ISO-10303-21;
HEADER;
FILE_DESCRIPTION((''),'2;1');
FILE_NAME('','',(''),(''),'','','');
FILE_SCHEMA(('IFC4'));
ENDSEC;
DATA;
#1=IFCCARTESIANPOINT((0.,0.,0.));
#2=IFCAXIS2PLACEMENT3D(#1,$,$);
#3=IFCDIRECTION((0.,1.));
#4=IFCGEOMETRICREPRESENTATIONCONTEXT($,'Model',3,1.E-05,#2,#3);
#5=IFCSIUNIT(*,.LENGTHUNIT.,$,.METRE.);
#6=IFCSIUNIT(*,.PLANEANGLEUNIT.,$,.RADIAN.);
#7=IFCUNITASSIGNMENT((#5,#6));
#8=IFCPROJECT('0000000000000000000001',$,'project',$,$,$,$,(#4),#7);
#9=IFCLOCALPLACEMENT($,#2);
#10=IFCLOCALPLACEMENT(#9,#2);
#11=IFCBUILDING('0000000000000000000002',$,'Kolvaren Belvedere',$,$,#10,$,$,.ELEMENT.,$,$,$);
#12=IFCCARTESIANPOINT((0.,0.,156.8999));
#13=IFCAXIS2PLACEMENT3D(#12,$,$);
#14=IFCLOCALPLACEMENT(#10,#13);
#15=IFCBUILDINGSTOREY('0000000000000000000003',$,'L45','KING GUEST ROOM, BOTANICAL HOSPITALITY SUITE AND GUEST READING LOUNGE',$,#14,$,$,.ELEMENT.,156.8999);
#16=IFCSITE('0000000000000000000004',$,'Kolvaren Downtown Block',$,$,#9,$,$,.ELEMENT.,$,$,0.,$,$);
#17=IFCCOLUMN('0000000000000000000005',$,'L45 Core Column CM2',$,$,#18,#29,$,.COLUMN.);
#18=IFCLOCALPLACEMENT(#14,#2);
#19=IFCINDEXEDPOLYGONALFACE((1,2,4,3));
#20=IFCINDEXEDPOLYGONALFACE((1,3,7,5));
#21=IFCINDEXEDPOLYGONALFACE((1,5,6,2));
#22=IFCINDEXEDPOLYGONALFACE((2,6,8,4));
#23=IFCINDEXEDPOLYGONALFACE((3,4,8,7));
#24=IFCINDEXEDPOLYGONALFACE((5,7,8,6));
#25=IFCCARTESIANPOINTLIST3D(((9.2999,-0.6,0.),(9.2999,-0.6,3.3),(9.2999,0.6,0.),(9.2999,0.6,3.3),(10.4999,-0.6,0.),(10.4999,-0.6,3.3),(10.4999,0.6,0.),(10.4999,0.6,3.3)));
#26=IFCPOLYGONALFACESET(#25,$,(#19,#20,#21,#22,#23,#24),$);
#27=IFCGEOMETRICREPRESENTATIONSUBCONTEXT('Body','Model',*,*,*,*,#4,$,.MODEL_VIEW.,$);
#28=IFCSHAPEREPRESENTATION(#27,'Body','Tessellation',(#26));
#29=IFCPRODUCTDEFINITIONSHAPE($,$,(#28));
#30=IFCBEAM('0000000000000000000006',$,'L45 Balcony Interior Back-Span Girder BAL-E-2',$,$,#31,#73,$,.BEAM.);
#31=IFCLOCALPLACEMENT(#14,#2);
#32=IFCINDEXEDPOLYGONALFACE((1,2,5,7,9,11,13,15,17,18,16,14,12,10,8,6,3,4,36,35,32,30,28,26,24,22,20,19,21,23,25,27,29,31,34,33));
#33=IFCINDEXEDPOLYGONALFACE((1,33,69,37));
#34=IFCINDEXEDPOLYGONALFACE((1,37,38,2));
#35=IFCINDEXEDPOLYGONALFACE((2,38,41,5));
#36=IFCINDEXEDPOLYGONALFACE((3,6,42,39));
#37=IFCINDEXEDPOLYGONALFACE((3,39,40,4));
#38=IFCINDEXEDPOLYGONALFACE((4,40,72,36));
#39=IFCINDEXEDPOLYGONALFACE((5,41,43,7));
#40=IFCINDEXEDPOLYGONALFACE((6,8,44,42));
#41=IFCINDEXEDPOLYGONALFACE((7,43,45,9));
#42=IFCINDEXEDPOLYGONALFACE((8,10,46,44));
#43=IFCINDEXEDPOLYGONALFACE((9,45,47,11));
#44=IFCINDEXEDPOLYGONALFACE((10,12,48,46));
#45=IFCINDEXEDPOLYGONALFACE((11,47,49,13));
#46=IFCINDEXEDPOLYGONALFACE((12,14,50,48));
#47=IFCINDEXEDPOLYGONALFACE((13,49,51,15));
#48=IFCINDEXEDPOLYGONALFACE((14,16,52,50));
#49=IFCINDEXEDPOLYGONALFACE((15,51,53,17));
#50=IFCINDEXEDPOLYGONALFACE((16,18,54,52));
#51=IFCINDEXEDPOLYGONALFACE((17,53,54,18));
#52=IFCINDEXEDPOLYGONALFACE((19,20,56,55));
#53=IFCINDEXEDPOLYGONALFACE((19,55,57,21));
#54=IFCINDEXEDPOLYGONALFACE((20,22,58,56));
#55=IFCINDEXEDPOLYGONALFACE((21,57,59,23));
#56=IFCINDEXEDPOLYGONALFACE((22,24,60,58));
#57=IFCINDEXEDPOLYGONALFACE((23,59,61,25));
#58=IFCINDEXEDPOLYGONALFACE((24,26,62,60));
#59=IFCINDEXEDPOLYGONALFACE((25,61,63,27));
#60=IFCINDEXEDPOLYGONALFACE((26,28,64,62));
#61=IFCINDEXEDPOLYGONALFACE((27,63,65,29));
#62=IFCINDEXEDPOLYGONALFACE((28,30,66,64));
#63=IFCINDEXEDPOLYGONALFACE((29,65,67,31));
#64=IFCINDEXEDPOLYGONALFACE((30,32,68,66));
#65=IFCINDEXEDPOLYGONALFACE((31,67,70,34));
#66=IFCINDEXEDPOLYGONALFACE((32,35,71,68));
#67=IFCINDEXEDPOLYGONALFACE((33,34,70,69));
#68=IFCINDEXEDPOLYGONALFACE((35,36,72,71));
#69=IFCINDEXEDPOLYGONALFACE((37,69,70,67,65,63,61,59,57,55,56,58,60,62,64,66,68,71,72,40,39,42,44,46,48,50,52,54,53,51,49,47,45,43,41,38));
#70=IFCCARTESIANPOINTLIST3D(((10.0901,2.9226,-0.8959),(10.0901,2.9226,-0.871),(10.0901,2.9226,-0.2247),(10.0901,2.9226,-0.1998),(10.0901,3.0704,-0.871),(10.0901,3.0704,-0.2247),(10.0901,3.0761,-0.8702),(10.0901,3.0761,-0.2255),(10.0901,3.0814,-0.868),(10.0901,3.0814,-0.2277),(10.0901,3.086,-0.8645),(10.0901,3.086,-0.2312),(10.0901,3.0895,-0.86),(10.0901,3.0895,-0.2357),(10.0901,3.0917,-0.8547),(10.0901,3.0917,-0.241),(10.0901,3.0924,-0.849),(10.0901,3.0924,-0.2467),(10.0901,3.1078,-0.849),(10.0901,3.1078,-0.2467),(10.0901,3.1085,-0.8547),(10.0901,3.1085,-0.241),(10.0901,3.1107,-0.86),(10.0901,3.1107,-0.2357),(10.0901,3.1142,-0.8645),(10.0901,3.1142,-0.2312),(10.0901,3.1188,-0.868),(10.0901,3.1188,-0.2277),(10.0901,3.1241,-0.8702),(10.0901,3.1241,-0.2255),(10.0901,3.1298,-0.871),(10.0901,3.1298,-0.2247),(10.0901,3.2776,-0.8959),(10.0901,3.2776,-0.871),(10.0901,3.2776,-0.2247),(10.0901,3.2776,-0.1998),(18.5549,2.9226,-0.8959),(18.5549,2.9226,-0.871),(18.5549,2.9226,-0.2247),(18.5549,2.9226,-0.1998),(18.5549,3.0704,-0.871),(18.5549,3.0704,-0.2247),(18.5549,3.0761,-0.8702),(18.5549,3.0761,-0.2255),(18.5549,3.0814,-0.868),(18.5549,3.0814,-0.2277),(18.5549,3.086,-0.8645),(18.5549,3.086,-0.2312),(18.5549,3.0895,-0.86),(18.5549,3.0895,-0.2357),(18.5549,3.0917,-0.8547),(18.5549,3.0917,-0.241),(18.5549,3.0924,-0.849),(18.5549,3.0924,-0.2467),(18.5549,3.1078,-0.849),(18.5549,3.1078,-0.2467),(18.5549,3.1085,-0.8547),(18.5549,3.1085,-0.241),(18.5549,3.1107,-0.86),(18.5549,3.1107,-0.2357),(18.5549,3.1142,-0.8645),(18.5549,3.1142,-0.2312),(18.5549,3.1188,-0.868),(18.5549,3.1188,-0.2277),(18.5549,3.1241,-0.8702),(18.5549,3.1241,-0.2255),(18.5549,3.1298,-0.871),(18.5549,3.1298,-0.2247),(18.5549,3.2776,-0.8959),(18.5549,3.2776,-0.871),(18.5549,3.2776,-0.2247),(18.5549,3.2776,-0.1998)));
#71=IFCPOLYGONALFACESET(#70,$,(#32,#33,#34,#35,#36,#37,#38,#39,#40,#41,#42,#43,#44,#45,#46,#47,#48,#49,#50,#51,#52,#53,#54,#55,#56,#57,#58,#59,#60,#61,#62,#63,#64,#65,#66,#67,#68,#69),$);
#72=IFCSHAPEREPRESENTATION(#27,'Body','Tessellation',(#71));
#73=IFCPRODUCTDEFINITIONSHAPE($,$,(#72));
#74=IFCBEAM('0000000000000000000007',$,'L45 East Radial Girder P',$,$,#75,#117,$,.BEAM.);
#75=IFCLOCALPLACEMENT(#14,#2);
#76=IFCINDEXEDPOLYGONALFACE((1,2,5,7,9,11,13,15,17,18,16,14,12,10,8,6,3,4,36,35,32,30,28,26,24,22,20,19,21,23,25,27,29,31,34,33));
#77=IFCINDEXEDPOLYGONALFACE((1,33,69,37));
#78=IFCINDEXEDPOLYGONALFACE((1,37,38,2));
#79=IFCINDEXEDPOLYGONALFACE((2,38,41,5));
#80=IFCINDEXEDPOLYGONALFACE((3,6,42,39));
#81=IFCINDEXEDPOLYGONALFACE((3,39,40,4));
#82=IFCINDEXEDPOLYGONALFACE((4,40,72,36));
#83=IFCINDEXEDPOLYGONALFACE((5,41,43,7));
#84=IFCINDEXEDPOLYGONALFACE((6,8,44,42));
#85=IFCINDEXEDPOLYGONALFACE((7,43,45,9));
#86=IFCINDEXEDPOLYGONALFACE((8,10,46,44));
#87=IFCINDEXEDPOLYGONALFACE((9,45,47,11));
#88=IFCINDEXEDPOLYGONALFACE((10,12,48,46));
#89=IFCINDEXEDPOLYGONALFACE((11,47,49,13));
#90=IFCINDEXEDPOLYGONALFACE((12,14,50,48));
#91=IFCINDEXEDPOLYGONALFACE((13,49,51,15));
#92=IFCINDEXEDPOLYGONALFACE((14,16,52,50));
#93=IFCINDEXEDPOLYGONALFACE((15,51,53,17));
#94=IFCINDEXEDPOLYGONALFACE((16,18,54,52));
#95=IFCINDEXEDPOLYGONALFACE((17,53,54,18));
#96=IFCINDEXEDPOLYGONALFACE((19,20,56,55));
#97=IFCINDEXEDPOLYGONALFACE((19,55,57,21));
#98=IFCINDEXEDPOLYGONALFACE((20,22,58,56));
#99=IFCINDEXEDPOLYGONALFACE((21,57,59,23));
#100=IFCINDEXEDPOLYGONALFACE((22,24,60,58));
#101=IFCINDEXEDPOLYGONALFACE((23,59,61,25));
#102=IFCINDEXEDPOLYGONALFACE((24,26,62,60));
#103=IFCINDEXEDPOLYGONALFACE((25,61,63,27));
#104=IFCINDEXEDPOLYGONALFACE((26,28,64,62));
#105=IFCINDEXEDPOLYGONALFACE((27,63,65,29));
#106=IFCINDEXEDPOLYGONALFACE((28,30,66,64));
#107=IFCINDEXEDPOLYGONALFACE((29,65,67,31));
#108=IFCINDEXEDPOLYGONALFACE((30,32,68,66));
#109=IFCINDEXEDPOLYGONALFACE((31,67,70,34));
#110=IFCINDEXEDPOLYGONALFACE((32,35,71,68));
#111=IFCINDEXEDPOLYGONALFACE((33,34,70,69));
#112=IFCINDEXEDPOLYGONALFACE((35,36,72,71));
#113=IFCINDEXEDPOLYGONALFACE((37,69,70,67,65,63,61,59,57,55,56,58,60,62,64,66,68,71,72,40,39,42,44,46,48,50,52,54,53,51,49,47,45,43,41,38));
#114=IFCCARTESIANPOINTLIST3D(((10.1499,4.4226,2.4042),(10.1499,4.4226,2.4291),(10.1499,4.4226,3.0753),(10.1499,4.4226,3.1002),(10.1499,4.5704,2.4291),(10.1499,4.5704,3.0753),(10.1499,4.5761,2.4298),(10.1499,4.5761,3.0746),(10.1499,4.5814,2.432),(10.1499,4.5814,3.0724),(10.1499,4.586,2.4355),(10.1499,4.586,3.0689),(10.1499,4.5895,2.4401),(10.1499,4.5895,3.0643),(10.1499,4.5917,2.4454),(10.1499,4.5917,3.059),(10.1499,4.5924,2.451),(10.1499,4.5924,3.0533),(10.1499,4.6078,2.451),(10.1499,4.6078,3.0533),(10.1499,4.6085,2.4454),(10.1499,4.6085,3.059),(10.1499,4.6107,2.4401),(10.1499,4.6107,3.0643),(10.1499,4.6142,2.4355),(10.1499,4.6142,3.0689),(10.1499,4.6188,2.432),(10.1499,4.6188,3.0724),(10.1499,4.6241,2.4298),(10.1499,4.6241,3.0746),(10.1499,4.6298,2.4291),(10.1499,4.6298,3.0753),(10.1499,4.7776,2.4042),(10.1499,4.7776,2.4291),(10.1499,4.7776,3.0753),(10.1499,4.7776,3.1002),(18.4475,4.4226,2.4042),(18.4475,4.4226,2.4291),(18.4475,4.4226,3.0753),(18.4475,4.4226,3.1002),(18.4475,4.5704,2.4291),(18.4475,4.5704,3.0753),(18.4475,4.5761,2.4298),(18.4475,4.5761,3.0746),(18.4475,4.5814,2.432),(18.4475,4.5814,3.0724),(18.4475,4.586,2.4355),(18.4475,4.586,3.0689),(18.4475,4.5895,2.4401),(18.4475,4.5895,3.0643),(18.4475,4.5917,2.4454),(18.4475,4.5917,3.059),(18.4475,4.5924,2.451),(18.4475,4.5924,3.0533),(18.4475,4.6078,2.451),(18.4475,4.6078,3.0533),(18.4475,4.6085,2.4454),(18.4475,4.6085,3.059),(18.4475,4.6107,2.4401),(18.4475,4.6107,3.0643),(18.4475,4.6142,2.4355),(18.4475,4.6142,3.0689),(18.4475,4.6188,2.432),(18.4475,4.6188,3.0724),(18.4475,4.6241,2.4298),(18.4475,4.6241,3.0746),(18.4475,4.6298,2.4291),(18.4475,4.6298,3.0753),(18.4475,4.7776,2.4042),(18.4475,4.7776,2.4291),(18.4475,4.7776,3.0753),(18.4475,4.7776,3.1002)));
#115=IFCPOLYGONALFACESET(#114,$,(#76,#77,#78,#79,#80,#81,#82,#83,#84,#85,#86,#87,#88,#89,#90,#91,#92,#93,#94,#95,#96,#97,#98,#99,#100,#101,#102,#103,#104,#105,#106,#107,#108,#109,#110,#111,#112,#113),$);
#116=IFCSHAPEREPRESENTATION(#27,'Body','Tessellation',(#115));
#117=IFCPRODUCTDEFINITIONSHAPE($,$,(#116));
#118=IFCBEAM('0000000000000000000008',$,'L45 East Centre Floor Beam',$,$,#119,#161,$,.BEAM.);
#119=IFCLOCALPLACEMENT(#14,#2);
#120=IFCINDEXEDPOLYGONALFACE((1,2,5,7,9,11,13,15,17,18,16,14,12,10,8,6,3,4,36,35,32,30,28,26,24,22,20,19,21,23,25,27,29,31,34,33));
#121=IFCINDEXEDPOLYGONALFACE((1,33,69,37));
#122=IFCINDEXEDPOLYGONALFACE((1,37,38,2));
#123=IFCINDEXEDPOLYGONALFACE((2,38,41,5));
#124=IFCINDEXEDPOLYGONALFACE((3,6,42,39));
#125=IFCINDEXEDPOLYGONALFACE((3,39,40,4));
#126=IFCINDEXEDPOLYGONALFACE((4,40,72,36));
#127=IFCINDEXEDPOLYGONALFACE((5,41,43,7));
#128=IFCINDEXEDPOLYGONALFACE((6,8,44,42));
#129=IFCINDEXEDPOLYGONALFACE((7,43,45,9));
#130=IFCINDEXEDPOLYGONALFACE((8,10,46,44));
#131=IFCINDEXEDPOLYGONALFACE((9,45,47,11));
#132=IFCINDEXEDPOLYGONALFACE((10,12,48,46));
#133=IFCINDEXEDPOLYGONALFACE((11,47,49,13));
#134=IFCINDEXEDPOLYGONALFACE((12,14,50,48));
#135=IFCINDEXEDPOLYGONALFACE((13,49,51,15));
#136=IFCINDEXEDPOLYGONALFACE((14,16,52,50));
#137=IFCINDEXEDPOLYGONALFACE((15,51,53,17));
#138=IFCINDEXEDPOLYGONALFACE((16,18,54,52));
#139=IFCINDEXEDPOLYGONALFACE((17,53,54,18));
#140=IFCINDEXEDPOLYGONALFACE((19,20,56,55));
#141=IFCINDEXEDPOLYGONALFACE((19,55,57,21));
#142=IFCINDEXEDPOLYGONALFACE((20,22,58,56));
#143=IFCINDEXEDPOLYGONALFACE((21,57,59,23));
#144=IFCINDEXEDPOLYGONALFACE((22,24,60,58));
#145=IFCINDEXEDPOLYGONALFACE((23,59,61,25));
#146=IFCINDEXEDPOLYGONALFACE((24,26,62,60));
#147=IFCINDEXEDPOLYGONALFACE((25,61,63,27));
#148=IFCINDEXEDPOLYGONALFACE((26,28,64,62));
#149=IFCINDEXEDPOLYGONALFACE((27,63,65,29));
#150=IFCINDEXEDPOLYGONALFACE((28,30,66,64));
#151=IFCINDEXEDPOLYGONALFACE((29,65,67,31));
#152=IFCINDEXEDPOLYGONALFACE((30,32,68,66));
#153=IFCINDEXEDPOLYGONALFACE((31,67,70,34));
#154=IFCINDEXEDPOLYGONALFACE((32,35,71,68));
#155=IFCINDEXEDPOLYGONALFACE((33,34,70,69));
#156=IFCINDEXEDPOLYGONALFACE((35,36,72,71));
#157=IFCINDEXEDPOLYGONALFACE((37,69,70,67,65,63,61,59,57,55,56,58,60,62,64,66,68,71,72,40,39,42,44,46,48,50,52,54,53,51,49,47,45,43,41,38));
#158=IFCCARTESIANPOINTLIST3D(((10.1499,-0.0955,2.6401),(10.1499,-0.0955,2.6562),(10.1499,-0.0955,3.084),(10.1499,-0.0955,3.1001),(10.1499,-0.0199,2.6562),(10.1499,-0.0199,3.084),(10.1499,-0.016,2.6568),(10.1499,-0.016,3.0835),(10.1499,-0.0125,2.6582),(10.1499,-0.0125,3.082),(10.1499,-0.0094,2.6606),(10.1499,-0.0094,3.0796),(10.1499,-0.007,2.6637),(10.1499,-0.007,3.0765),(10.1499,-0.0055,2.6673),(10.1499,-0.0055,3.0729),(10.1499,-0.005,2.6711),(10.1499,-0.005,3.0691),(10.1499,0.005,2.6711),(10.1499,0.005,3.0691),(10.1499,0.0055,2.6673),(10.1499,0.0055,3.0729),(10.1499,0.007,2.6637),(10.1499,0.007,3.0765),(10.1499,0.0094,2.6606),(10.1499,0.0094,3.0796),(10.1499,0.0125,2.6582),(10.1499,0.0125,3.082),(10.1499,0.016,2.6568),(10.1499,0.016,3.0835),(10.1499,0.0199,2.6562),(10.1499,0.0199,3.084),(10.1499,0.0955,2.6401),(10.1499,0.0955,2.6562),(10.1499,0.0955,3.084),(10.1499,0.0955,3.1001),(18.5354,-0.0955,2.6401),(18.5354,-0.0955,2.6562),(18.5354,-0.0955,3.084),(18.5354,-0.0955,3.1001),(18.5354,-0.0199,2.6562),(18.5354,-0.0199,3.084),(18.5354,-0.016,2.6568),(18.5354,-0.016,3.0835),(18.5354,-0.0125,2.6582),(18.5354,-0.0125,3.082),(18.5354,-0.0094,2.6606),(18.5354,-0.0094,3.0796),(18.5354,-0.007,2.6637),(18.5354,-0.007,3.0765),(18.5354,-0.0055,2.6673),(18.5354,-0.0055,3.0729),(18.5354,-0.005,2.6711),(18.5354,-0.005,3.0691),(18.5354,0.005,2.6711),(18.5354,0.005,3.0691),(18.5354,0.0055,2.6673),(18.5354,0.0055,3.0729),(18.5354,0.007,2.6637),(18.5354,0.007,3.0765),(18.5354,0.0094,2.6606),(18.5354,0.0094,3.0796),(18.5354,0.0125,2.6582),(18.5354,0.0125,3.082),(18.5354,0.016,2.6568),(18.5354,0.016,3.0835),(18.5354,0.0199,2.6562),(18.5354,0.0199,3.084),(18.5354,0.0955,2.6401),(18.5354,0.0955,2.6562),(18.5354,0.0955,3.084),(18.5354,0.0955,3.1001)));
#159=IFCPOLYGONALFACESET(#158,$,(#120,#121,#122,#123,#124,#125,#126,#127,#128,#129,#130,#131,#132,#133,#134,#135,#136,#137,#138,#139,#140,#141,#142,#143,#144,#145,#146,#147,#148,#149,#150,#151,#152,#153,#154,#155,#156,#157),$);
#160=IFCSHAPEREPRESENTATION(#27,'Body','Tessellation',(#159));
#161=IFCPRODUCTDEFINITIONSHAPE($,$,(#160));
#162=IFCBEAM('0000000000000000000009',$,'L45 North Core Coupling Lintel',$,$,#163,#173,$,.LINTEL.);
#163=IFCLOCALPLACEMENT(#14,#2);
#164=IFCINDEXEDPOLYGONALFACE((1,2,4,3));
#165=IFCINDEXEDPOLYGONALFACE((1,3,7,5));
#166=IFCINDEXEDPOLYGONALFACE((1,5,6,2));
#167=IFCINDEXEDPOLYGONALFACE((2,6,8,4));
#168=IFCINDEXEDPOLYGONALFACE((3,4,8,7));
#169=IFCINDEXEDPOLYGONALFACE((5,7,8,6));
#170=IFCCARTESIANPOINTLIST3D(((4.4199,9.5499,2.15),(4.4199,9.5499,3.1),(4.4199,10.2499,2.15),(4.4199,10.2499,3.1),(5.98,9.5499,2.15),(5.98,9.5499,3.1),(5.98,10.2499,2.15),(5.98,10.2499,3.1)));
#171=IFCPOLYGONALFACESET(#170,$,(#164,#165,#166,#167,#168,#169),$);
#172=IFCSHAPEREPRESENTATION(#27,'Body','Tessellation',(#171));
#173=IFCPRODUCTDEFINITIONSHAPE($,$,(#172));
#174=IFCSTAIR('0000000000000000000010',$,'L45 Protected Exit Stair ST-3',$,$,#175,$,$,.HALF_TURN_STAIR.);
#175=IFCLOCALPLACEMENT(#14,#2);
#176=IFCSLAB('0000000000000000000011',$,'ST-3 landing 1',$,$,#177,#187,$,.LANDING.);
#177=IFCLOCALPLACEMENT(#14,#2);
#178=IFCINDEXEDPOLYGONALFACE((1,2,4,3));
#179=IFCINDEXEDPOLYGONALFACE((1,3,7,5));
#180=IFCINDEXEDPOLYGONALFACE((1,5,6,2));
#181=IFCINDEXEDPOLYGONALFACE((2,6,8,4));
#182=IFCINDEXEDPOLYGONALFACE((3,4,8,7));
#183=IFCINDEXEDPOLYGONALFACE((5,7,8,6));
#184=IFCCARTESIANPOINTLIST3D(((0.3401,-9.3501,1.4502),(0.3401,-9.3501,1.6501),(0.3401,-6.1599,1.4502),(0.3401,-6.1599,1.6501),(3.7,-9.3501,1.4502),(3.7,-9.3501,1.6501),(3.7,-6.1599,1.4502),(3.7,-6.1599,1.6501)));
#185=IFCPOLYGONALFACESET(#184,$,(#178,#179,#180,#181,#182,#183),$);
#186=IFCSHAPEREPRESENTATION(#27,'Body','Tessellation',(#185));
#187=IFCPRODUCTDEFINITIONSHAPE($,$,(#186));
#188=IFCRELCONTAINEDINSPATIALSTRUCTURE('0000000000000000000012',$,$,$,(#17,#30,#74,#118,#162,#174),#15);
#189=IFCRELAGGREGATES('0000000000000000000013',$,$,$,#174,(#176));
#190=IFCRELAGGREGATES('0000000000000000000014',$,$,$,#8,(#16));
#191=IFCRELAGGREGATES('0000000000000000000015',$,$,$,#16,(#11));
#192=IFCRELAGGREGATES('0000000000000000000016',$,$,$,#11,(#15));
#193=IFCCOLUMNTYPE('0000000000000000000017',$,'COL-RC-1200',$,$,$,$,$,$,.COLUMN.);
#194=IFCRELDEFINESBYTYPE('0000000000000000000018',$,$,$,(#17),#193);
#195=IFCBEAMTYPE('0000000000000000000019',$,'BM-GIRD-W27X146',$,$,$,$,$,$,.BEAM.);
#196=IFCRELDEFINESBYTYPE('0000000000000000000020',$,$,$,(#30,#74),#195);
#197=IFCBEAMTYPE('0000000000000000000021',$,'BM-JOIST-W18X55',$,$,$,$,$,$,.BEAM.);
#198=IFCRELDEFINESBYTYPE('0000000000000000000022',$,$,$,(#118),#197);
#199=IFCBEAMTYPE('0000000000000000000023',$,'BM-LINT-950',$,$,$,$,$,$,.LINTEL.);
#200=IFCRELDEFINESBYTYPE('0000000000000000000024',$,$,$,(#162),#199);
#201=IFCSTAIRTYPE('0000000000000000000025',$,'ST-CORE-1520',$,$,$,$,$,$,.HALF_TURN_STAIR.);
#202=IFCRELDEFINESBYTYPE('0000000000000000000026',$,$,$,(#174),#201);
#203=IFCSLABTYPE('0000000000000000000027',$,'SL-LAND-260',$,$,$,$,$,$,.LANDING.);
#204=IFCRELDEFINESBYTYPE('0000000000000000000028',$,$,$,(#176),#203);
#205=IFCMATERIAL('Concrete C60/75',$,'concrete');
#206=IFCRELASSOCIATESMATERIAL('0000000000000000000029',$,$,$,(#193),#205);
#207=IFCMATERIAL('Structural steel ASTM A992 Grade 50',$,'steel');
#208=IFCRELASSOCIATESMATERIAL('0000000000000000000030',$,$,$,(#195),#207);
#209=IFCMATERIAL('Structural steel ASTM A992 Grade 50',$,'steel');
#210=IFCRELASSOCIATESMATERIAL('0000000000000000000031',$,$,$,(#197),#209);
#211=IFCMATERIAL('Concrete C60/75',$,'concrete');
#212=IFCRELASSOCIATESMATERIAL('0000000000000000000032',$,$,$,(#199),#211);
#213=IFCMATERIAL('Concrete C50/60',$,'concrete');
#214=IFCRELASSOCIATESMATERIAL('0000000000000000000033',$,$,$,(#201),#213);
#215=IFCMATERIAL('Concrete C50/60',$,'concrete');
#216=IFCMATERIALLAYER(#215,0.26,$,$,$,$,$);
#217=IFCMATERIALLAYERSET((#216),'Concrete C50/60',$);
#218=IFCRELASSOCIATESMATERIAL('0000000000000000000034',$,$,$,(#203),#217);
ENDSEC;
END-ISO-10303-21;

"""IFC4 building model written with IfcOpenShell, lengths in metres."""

from ifc_helpers import new_model, si_unit, direction, frame, origin, origin_2d, place, context, subcontext, project, spatial, polyline, rectangle, i_section, outline, extrude, material, layer, layer_set, material_profile, profile_set, type_object, element, aggregate, save


model = new_model("IFC4")

# Units and contexts
model_context = context("Model", 3, precision=1e-05, world=origin(), true_north=direction((0.0, 1.0)))
body_context = subcontext(model_context, "Body", "Model", "MODEL_VIEW")
ifc_project = project(units=[si_unit("LENGTHUNIT", "METRE"), si_unit("PLANEANGLEUNIT", "RADIAN")], contexts=[model_context])

# Site, building, storey
site_placement = place(None, origin())
site = spatial("IfcSite", under=ifc_project, at=site_placement, Name="Kolvaren Downtown Block", CompositionType="ELEMENT", RefElevation=0.0)
building_placement = place(site_placement, origin())
building = spatial("IfcBuilding", under=site, at=building_placement, Name="Kolvaren Belvedere", CompositionType="ELEMENT")
storey_placement = place(building_placement, frame((0.0, 0.0, 156.8999)))
storey = spatial("IfcBuildingStorey", under=building, at=storey_placement, Name="L45", Description="KING GUEST ROOM, BOTANICAL HOSPITALITY SUITE AND GUEST READING LOUNGE", CompositionType="ELEMENT", Elevation=156.8999)

# Column
ifc_material_1 = material(Name="Concrete C60/75", Category="concrete")
ifc_material_profile_1 = material_profile(ifc_material_1, rectangle(XDim=1.2, YDim=1.2, at=origin_2d()), Name="RC 1200X1200")
ifc_profile_set_1 = profile_set([ifc_material_profile_1], Name="Concrete C60/75")
column_type = type_object("IfcColumnType", Name="COL-RC-1200", PredefinedType="COLUMN", material=ifc_profile_set_1)
column_placement = place(storey_placement, frame((9.8999, 0.0, 0.0), z_axis=(0.0, 0.0, 1.0), x_axis=(1.0, 0.0, 0.0)))
element("IfcColumn", 1, at=column_placement, inside=storey, type_object=column_type, Name="L45 Core Column CM2", PredefinedType="COLUMN", context=body_context, shape_type="SweptSolid", body=[
    extrude(rectangle(XDim=1.2, YDim=1.2, at=origin_2d()), origin(), (0.0, 0.0, 1.0), 3.3),
])

# Beams
ifc_material_2 = material(Name="Structural steel ASTM A992 Grade 50", Category="steel")
ifc_material_profile_2 = material_profile(ifc_material_2, i_section(OverallWidth=0.355, OverallDepth=0.696, WebThickness=0.0154, FlangeThickness=0.0249, FilletRadius=0.022, at=origin_2d()), Name="W27X146")
ifc_profile_set_2 = profile_set([ifc_material_profile_2], Name="Structural steel ASTM A992 Grade 50")
beam_type_1 = type_object("IfcBeamType", Name="BM-GIRD-W27X146", PredefinedType="BEAM", material=ifc_profile_set_2)
beam_1_placement = place(storey_placement, frame((10.0901, 3.1001, -0.5479), z_axis=(1.0, 0.0, 0.0), x_axis=(0.0, 1.0, 0.0)))
element("IfcBeam", 2, at=beam_1_placement, inside=storey, type_object=beam_type_1, Name="L45 Balcony Interior Back-Span Girder BAL-E-2", PredefinedType="BEAM", context=body_context, shape_type="SweptSolid", body=[
    extrude(i_section(OverallWidth=0.355, OverallDepth=0.696, WebThickness=0.0154, FlangeThickness=0.0249, FilletRadius=0.022, at=origin_2d()), origin(), (0.0, 0.0, 1.0), 8.4648),
])
beam_2_placement = place(storey_placement, frame((10.1499, 4.6001, 2.7522), z_axis=(1.0, 0.0, 0.0), x_axis=(0.0, 1.0, 0.0)))
element("IfcBeam", 3, at=beam_2_placement, inside=storey, type_object=beam_type_1, Name="L45 East Radial Girder P", PredefinedType="BEAM", context=body_context, shape_type="SweptSolid", body=[
    extrude(i_section(OverallWidth=0.355, OverallDepth=0.696, WebThickness=0.0154, FlangeThickness=0.0249, FilletRadius=0.022, at=origin_2d()), origin(), (0.0, 0.0, 1.0), 8.2976),
])
ifc_material_3 = material(Name="Structural steel ASTM A992 Grade 50", Category="steel")
ifc_material_profile_3 = material_profile(ifc_material_3, i_section(OverallWidth=0.1909, OverallDepth=0.46, WebThickness=0.01, FlangeThickness=0.0161, FilletRadius=0.0149, at=origin_2d()), Name="W18X55")
ifc_profile_set_3 = profile_set([ifc_material_profile_3], Name="Structural steel ASTM A992 Grade 50")
beam_type_2 = type_object("IfcBeamType", Name="BM-JOIST-W18X55", PredefinedType="BEAM", material=ifc_profile_set_3)
beam_3_placement = place(storey_placement, frame((10.1499, 0.0, 2.8701), z_axis=(1.0, 0.0, 0.0), x_axis=(0.0, 1.0, 0.0)))
element("IfcBeam", 4, at=beam_3_placement, inside=storey, type_object=beam_type_2, Name="L45 East Centre Floor Beam", PredefinedType="BEAM", context=body_context, shape_type="SweptSolid", body=[
    extrude(i_section(OverallWidth=0.1909, OverallDepth=0.46, WebThickness=0.01, FlangeThickness=0.0161, FilletRadius=0.0149, at=origin_2d()), origin(), (0.0, 0.0, 1.0), 8.3855),
])
ifc_material_4 = material(Name="Concrete C60/75", Category="concrete")
ifc_material_profile_4 = material_profile(ifc_material_4, rectangle(XDim=0.7, YDim=0.95, at=origin_2d()), Name="RC 700X950")
ifc_profile_set_4 = profile_set([ifc_material_profile_4], Name="Concrete C60/75")
beam_type_3 = type_object("IfcBeamType", Name="BM-LINT-950", PredefinedType="LINTEL", material=ifc_profile_set_4)
beam_4_placement = place(storey_placement, frame((4.4199, 9.8999, 2.625), z_axis=(1.0, 0.0, 0.0), x_axis=(0.0, 1.0, 0.0)))
element("IfcBeam", 5, at=beam_4_placement, inside=storey, type_object=beam_type_3, Name="L45 North Core Coupling Lintel", PredefinedType="LINTEL", context=body_context, shape_type="SweptSolid", body=[
    extrude(rectangle(XDim=0.7, YDim=0.95, at=origin_2d()), origin(), (0.0, 0.0, 1.0), 1.5601),
])

# Stair, slab
ifc_material_5 = material(Name="Concrete C50/60", Category="concrete")
stair_type = type_object("IfcStairType", Name="ST-CORE-1520", PredefinedType="HALF_TURN_STAIR", material=ifc_material_5)
stair_1_placement = place(storey_placement, origin())
stair_1 = element("IfcStair", 6, at=stair_1_placement, inside=storey, type_object=stair_type, Name="L45 Protected Exit Stair ST-3", PredefinedType="HALF_TURN_STAIR")
ifc_material_6 = material(Name="Concrete C50/60", Category="concrete")
ifc_layer_1 = layer(ifc_material_6, 0.26)
ifc_layer_set_1 = layer_set([ifc_layer_1], Name="Concrete C50/60")
slab_type = type_object("IfcSlabType", Name="SL-LAND-260", PredefinedType="LANDING", material=ifc_layer_set_1)
slab_placement = place(storey_placement, frame((0.0, 0.0, 1.4502)))
slab = element("IfcSlab", 7, at=slab_placement, type_object=slab_type, Name="ST-3 landing 1", PredefinedType="LANDING", context=body_context, shape_type="SweptSolid", body=[
    extrude(outline(polyline([(0.3401, -9.3501), (3.7, -9.3501), (3.7, -6.1599), (0.3401, -6.1599), (0.3401, -9.3501)])), origin(), (0.0, 0.0, 1.0), 0.2),
])
aggregate(stair_1, [slab])

save(model, "model.ifc")
